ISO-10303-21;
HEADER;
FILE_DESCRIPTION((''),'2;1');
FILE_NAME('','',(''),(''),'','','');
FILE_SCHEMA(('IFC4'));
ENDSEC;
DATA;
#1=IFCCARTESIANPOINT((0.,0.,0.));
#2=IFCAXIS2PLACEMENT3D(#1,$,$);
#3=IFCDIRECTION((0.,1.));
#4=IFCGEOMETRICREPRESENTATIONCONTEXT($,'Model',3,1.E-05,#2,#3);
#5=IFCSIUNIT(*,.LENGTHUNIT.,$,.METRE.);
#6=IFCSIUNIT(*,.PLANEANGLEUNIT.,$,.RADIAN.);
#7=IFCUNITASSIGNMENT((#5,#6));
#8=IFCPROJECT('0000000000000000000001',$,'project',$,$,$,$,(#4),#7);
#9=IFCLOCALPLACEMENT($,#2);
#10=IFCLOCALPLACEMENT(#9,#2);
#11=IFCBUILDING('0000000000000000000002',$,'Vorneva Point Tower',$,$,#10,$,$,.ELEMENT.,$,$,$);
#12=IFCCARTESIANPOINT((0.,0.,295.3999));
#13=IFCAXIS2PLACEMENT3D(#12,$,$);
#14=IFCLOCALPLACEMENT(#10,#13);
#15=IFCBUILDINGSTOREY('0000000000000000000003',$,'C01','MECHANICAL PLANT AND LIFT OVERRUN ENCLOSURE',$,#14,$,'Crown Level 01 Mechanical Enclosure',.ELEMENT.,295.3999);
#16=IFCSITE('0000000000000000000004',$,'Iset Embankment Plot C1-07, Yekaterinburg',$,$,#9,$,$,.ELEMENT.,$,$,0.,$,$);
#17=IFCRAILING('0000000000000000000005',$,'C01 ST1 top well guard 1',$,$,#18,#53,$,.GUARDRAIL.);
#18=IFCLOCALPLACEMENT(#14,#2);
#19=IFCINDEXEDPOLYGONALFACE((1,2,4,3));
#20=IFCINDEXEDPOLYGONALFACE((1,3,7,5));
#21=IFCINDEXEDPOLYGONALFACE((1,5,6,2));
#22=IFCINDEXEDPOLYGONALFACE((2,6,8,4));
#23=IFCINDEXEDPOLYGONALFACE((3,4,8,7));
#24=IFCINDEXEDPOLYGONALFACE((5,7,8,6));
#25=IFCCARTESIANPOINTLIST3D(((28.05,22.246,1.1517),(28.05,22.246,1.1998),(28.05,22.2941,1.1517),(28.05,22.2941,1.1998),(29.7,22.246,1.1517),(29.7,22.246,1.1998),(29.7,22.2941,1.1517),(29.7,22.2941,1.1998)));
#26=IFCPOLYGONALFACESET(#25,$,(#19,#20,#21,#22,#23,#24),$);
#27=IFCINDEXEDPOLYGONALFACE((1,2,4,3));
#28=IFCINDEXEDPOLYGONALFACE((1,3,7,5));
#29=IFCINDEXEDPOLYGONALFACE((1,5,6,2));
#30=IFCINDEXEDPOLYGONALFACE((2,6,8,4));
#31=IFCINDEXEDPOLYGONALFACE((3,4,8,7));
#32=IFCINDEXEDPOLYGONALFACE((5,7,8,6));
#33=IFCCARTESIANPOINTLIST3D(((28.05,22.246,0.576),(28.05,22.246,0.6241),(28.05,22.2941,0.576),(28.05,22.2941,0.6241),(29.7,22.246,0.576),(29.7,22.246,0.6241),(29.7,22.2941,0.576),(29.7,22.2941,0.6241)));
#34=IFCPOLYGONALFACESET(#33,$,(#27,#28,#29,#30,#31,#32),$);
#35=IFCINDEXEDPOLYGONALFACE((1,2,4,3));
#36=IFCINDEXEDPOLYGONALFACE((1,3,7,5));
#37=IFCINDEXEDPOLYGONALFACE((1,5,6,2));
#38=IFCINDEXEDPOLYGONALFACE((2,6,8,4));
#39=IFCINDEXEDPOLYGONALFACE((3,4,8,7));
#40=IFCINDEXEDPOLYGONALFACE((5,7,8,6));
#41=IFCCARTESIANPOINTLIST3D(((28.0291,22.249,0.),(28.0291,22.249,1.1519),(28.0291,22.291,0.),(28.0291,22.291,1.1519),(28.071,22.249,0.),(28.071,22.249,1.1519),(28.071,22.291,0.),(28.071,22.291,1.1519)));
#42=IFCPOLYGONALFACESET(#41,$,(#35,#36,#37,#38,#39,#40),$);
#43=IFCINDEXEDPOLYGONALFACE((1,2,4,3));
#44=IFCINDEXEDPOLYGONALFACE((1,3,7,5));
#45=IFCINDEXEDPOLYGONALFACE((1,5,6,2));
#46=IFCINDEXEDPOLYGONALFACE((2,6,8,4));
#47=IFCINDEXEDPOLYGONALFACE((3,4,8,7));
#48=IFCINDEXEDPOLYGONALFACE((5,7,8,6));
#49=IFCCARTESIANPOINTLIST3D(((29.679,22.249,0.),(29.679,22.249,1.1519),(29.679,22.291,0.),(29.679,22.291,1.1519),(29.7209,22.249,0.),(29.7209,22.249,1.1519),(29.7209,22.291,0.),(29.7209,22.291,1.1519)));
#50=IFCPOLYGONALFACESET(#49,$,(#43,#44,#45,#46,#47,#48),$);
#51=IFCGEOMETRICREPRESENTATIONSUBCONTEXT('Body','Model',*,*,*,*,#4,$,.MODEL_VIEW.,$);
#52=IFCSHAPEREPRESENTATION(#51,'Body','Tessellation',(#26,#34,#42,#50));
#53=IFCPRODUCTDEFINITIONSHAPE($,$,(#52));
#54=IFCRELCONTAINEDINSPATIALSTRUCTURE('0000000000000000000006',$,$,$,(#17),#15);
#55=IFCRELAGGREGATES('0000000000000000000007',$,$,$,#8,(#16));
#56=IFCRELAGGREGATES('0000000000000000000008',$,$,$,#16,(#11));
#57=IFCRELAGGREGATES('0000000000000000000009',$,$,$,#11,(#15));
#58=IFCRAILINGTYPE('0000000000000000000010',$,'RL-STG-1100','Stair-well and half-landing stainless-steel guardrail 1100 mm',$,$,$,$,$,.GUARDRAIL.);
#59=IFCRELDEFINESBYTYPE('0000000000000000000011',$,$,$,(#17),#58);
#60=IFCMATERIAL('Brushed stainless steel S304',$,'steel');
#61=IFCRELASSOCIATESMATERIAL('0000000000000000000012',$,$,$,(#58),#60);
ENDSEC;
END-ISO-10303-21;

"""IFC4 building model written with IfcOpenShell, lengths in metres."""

from ifc_helpers import new_model, si_unit, direction, frame, origin, origin_2d, place, context, subcontext, project, spatial, rectangle, extrude, material, type_object, element, save


model = new_model("IFC4")

# Units and contexts
model_context = context("Model", 3, precision=1e-05, world=origin(), true_north=direction((0.0, 1.0)))
body_context = subcontext(model_context, "Body", "Model", "MODEL_VIEW")
ifc_project = project(units=[si_unit("LENGTHUNIT", "METRE"), si_unit("PLANEANGLEUNIT", "RADIAN")], contexts=[model_context])

# Site, building, storey
site_placement = place(None, origin())
site = spatial("IfcSite", under=ifc_project, at=site_placement, Name="Iset Embankment Plot C1-07, Yekaterinburg", CompositionType="ELEMENT", RefElevation=0.0)
building_placement = place(site_placement, origin())
building = spatial("IfcBuilding", under=site, at=building_placement, Name="Vorneva Point Tower", CompositionType="ELEMENT")
storey_placement = place(building_placement, frame((0.0, 0.0, 295.3999)))
storey = spatial("IfcBuildingStorey", under=building, at=storey_placement, Name="C01", Description="MECHANICAL PLANT AND LIFT OVERRUN ENCLOSURE", LongName="Crown Level 01 Mechanical Enclosure", CompositionType="ELEMENT", Elevation=295.3999)

# Railing
ifc_material_1 = material(Name="Brushed stainless steel S304", Category="steel")
railing_type = type_object("IfcRailingType", Name="RL-STG-1100", Description="Stair-well and half-landing stainless-steel guardrail 1100 mm", PredefinedType="GUARDRAIL", material=ifc_material_1)
railing_placement = place(storey_placement, frame((28.05, 22.27, 0.0)))
element("IfcRailing", 1, at=railing_placement, inside=storey, type_object=railing_type, Name="C01 ST1 top well guard 1", PredefinedType="GUARDRAIL", context=body_context, shape_type="SweptSolid", body=[
    extrude(rectangle(XDim=0.0481, YDim=0.0481, at=origin_2d()), frame((0.0, 0.0, 1.1758), z_axis=(1.0, 0.0, 0.0), x_axis=(0.0, 1.0, 0.0)), (0.0, 0.0, 1.0), 1.6499),
    extrude(rectangle(XDim=0.0481, YDim=0.0481, at=origin_2d()), frame((0.0, 0.0, 0.6001), z_axis=(1.0, 0.0, 0.0), x_axis=(0.0, 1.0, 0.0)), (0.0, 0.0, 1.0), 1.6499),
    extrude(rectangle(XDim=0.042, YDim=0.042, at=origin_2d()), origin(), (0.0, 0.0, 1.0), 1.1519),
    extrude(rectangle(XDim=0.042, YDim=0.042, at=origin_2d()), frame((1.6499, 0.0, 0.0)), (0.0, 0.0, 1.0), 1.1519),
])

save(model, "model.ifc")
